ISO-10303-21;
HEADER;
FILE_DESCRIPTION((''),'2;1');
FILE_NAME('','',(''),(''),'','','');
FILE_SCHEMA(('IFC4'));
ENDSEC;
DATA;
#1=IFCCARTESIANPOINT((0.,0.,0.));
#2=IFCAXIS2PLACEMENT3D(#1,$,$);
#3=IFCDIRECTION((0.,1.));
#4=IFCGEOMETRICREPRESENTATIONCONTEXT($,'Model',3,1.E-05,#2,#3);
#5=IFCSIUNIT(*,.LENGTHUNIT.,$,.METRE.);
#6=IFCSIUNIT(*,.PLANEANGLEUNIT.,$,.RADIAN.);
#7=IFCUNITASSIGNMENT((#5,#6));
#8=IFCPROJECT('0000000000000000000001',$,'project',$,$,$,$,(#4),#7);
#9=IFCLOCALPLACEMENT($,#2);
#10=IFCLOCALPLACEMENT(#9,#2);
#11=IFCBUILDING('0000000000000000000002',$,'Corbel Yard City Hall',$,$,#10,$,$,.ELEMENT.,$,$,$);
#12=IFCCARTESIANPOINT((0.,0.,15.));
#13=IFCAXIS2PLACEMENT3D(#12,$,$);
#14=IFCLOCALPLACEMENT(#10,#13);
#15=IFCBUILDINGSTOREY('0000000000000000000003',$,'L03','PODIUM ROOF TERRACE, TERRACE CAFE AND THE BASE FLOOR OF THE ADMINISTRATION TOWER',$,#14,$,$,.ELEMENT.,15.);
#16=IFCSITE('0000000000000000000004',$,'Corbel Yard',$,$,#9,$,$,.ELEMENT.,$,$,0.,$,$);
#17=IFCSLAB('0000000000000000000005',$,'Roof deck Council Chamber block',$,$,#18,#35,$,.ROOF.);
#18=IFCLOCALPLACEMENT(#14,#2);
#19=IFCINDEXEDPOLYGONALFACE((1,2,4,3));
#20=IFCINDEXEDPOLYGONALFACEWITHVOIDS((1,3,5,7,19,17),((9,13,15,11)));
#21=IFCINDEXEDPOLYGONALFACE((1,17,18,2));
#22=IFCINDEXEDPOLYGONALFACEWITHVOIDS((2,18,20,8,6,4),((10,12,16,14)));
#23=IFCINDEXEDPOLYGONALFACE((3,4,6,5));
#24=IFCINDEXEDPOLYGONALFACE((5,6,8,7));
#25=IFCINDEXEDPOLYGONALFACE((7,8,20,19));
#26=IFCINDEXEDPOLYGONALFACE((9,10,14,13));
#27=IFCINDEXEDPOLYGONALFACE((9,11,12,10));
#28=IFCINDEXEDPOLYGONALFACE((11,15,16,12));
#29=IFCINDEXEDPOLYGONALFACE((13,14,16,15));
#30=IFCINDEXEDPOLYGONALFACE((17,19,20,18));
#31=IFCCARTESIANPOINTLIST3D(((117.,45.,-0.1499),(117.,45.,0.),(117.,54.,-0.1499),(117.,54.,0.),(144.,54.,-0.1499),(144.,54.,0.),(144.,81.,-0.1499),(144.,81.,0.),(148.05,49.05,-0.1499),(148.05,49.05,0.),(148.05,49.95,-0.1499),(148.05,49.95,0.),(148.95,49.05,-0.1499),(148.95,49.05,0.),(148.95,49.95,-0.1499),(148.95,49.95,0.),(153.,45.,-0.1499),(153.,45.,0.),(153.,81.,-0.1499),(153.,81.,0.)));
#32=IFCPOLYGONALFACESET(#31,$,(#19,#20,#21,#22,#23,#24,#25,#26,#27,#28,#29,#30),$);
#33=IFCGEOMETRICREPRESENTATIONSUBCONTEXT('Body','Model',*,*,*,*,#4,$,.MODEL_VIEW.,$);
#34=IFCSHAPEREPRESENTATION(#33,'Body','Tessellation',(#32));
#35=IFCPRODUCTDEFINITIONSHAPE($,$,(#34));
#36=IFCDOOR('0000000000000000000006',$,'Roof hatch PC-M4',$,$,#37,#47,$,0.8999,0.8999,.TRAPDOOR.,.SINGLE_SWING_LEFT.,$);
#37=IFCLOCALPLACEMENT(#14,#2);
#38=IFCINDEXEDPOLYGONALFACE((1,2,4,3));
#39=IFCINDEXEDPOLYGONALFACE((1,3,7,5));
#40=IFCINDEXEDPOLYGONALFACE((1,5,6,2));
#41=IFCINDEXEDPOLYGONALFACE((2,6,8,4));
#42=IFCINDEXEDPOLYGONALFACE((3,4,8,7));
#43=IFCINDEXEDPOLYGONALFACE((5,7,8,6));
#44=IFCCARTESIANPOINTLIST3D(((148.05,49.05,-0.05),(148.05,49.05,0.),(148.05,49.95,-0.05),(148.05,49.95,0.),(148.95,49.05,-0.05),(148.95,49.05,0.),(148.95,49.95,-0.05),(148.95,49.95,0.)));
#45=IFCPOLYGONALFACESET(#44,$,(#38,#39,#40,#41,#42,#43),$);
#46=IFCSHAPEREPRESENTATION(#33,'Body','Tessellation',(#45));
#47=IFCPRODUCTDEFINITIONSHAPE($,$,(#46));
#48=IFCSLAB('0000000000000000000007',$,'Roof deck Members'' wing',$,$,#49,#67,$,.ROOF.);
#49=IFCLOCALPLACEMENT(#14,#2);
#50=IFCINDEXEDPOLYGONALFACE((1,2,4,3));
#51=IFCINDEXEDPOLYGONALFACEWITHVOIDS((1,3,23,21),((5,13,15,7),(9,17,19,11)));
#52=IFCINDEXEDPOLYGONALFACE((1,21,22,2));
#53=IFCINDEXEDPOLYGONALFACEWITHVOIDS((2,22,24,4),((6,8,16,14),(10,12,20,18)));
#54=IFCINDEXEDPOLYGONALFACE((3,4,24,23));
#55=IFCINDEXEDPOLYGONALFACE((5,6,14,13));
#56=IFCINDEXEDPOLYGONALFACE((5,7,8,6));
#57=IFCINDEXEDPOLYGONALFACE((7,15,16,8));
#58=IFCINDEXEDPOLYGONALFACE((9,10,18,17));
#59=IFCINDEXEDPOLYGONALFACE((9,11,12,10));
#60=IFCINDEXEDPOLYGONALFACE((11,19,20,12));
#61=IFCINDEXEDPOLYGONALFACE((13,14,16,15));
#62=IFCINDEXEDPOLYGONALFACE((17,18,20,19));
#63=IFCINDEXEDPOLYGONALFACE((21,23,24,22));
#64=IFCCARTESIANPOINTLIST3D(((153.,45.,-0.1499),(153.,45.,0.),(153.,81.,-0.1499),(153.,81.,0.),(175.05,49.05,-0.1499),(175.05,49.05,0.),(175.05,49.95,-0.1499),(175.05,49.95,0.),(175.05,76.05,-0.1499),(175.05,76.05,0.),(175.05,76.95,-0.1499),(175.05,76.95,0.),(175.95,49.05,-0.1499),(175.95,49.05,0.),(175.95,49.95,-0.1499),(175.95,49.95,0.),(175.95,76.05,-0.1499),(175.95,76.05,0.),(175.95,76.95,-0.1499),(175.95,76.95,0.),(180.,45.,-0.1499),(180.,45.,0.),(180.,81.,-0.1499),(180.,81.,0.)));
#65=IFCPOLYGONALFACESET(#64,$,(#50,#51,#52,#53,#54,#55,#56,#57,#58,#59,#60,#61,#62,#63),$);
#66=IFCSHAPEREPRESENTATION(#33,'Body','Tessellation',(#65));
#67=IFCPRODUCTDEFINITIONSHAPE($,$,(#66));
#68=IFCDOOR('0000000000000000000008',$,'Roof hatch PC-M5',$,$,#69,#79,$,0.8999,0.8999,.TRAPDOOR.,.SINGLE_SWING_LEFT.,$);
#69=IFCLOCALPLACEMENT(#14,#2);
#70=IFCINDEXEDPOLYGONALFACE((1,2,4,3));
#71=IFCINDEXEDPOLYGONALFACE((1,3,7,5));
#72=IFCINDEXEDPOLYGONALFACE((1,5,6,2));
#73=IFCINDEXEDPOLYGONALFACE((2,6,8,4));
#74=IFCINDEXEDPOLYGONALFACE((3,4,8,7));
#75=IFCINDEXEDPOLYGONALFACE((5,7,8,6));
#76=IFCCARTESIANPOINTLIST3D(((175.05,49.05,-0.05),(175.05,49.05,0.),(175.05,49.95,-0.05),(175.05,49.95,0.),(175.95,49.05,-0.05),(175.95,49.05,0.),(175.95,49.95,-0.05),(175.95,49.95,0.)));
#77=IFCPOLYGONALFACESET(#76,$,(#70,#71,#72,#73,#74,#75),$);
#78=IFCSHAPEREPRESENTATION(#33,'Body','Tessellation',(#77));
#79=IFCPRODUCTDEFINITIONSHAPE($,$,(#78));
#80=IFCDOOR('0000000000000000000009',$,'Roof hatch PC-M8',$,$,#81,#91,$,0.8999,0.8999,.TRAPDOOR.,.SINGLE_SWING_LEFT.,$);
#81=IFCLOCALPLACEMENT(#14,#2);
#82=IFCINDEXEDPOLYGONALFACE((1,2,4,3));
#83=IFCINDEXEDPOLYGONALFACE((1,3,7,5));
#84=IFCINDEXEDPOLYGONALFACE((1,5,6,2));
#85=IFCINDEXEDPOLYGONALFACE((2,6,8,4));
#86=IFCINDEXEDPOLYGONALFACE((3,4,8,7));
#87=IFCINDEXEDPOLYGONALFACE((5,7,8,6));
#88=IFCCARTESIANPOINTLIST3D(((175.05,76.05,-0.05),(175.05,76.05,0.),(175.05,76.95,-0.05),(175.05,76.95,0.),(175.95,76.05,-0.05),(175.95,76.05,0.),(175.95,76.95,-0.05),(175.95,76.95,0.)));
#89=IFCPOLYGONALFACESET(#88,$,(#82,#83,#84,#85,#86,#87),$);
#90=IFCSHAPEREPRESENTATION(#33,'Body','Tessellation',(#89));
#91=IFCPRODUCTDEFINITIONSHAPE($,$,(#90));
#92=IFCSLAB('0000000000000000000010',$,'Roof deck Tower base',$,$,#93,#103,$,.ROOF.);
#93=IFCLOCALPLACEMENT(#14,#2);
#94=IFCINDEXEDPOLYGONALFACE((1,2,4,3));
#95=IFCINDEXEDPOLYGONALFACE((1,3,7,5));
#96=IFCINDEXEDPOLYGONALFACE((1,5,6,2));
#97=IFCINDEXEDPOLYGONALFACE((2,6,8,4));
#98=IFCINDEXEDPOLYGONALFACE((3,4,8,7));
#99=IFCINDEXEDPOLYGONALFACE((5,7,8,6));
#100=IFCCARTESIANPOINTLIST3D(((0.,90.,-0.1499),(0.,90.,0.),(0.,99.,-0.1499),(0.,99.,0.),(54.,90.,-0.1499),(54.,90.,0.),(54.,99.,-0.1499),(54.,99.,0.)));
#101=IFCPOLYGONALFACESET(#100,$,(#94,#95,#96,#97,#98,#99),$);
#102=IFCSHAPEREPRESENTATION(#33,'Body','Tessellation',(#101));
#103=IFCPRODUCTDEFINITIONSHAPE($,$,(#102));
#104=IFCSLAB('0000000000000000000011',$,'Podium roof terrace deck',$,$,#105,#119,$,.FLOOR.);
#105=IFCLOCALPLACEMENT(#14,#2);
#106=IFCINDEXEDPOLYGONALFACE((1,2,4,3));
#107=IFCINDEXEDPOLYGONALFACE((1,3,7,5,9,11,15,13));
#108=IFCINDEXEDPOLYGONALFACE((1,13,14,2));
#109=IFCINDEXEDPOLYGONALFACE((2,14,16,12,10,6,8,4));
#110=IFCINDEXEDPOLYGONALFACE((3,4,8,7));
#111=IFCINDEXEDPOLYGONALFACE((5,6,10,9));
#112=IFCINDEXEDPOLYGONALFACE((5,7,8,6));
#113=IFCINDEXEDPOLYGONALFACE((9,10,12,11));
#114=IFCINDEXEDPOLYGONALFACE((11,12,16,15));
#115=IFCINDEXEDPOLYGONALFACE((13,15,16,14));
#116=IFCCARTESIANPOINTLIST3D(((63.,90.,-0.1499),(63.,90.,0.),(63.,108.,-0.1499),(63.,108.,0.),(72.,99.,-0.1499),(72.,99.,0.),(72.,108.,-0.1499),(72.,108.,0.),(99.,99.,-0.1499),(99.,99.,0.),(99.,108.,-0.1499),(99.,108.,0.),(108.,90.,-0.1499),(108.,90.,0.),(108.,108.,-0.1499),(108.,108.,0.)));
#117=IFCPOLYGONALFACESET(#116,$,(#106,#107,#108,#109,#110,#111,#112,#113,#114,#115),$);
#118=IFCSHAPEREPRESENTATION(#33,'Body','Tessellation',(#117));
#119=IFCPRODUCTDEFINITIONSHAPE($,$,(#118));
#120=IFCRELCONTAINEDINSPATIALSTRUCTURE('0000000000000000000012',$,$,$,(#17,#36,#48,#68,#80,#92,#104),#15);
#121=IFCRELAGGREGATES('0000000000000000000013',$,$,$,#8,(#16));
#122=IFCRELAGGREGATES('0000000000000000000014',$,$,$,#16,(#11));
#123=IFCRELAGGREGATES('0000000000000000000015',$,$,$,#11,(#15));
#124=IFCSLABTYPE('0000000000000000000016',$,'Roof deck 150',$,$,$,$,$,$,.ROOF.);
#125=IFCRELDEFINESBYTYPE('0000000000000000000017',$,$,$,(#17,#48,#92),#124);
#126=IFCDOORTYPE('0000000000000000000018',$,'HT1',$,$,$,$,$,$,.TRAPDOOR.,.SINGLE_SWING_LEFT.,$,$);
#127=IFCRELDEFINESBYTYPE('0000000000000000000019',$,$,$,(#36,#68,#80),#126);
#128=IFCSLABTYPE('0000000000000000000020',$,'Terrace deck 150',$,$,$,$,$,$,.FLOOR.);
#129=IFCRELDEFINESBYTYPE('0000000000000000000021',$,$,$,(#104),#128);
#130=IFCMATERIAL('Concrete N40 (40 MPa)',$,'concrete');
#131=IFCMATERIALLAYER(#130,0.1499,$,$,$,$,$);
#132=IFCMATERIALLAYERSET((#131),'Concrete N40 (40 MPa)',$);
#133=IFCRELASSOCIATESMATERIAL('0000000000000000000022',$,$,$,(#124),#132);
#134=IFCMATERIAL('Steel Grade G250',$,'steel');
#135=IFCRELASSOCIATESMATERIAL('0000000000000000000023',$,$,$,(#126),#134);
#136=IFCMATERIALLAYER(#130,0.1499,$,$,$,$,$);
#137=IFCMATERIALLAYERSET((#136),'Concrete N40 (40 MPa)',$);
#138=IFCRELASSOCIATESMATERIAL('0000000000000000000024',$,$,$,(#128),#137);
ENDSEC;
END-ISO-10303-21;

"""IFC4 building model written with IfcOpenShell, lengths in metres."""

from ifc_helpers import new_model, si_unit, direction, frame, origin, origin_2d, place, context, subcontext, project, spatial, polyline, rectangle, outline, extrude, material, layer, layer_set, type_object, element, fill, save


model = new_model("IFC4")

# Units and contexts
model_context = context("Model", 3, precision=1e-05, world=origin(), true_north=direction((0.0, 1.0)))
body_context = subcontext(model_context, "Body", "Model", "MODEL_VIEW")
ifc_project = project(units=[si_unit("LENGTHUNIT", "METRE"), si_unit("PLANEANGLEUNIT", "RADIAN")], contexts=[model_context])

# Site, building, storey
site_placement = place(None, origin())
site = spatial("IfcSite", under=ifc_project, at=site_placement, Name="Corbel Yard", CompositionType="ELEMENT", RefElevation=0.0)
building_placement = place(site_placement, origin())
building = spatial("IfcBuilding", under=site, at=building_placement, Name="Corbel Yard City Hall", CompositionType="ELEMENT")
storey_placement = place(building_placement, frame((0.0, 0.0, 15.0)))
storey = spatial("IfcBuildingStorey", under=building, at=storey_placement, Name="L03", Description="PODIUM ROOF TERRACE, TERRACE CAFE AND THE BASE FLOOR OF THE ADMINISTRATION TOWER", CompositionType="ELEMENT", Elevation=15.0)

# Shared definitions
ifc_material_1 = material(Name="Concrete N40 (40 MPa)", Category="concrete")
ifc_layer_1 = layer(ifc_material_1, 0.1499)
ifc_layer_set_1 = layer_set([ifc_layer_1], Name="Concrete N40 (40 MPa)")
slab_type_1 = type_object("IfcSlabType", Name="Roof deck 150", PredefinedType="ROOF", material=ifc_layer_set_1)
ifc_material_2 = material(Name="Steel Grade G250", Category="steel")
door_type = type_object("IfcDoorType", Name="HT1", OperationType="SINGLE_SWING_LEFT", PredefinedType="TRAPDOOR", material=ifc_material_2)

# Slab, opening, door
slab_1_placement = place(storey_placement, frame((0.0, 0.0, -0.1499)))
slab_1 = element("IfcSlab", 1, at=slab_1_placement, inside=storey, type_object=slab_type_1, Name="Roof deck Council Chamber block", PredefinedType="ROOF", context=body_context, shape_type="SweptSolid", body=[
    extrude(outline(polyline([(117.0, 45.0), (153.0, 45.0), (153.0, 81.0), (144.0, 81.0), (144.0, 54.0), (117.0, 54.0), (117.0, 45.0)])), origin(), (0.0, 0.0, 1.0), 0.1499),
])
opening_1_placement = place(slab_1_placement, frame((148.5, 49.5, 0.0)))
opening_1 = element("IfcOpeningElement", 2, at=opening_1_placement, cuts=slab_1, PredefinedType="OPENING", context=body_context, shape_type="SweptSolid", body=[
    extrude(rectangle(XDim=0.8999, YDim=0.8999, at=origin_2d()), frame((0.0, 0.0, -0.01)), (0.0, 0.0, 1.0), 0.1699),
])
door_1_placement = place(opening_1_placement, frame((0.0, 0.0, 0.0999)))
door_1 = element("IfcDoor", 3, at=door_1_placement, inside=storey, type_object=door_type, Name="Roof hatch PC-M4", OperationType="SINGLE_SWING_LEFT", OverallHeight=0.8999, OverallWidth=0.8999, PredefinedType="TRAPDOOR", context=body_context, shape_type="SweptSolid", body=[
    extrude(rectangle(XDim=0.8999, YDim=0.8999, at=origin_2d()), origin(), (0.0, 0.0, 1.0), 0.05),
])
fill(opening_1, door_1)

# Slab, openings, doors
slab_2_placement = place(storey_placement, frame((0.0, 0.0, -0.1499)))
slab_2 = element("IfcSlab", 4, at=slab_2_placement, inside=storey, type_object=slab_type_1, Name="Roof deck Members' wing", PredefinedType="ROOF", context=body_context, shape_type="SweptSolid", body=[
    extrude(outline(polyline([(153.0, 45.0), (180.0, 45.0), (180.0, 81.0), (153.0, 81.0), (153.0, 45.0)])), origin(), (0.0, 0.0, 1.0), 0.1499),
])
opening_2_placement = place(slab_2_placement, frame((175.5, 49.5, 0.0)))
opening_2 = element("IfcOpeningElement", 5, at=opening_2_placement, cuts=slab_2, PredefinedType="OPENING", context=body_context, shape_type="SweptSolid", body=[
    extrude(rectangle(XDim=0.8999, YDim=0.8999, at=origin_2d()), frame((0.0, 0.0, -0.01)), (0.0, 0.0, 1.0), 0.1699),
])
opening_3_placement = place(slab_2_placement, frame((175.5, 76.5, 0.0)))
opening_3 = element("IfcOpeningElement", 6, at=opening_3_placement, cuts=slab_2, PredefinedType="OPENING", context=body_context, shape_type="SweptSolid", body=[
    extrude(rectangle(XDim=0.8999, YDim=0.8999, at=origin_2d()), frame((0.0, 0.0, -0.01)), (0.0, 0.0, 1.0), 0.1699),
])
door_2_placement = place(opening_2_placement, frame((0.0, 0.0, 0.0999)))
door_2 = element("IfcDoor", 7, at=door_2_placement, inside=storey, type_object=door_type, Name="Roof hatch PC-M5", OperationType="SINGLE_SWING_LEFT", OverallHeight=0.8999, OverallWidth=0.8999, PredefinedType="TRAPDOOR", context=body_context, shape_type="SweptSolid", body=[
    extrude(rectangle(XDim=0.8999, YDim=0.8999, at=origin_2d()), origin(), (0.0, 0.0, 1.0), 0.05),
])
fill(opening_2, door_2)
door_3_placement = place(opening_3_placement, frame((0.0, 0.0, 0.0999)))
door_3 = element("IfcDoor", 8, at=door_3_placement, inside=storey, type_object=door_type, Name="Roof hatch PC-M8", OperationType="SINGLE_SWING_LEFT", OverallHeight=0.8999, OverallWidth=0.8999, PredefinedType="TRAPDOOR", context=body_context, shape_type="SweptSolid", body=[
    extrude(rectangle(XDim=0.8999, YDim=0.8999, at=origin_2d()), origin(), (0.0, 0.0, 1.0), 0.05),
])
fill(opening_3, door_3)

# Slabs
slab_3_placement = place(storey_placement, frame((0.0, 0.0, -0.1499)))
element("IfcSlab", 9, at=slab_3_placement, inside=storey, type_object=slab_type_1, Name="Roof deck Tower base", PredefinedType="ROOF", context=body_context, shape_type="SweptSolid", body=[
    extrude(outline(polyline([(54.0, 99.0), (0.0, 99.0), (0.0, 90.0), (54.0, 90.0), (54.0, 99.0)])), origin(), (0.0, 0.0, 1.0), 0.1499),
])
ifc_layer_2 = layer(ifc_material_1, 0.1499)
ifc_layer_set_2 = layer_set([ifc_layer_2], Name="Concrete N40 (40 MPa)")
slab_type_2 = type_object("IfcSlabType", Name="Terrace deck 150", PredefinedType="FLOOR", material=ifc_layer_set_2)
slab_4_placement = place(storey_placement, frame((0.0, 0.0, -0.1499)))
element("IfcSlab", 10, at=slab_4_placement, inside=storey, type_object=slab_type_2, Name="Podium roof terrace deck", PredefinedType="FLOOR", context=body_context, shape_type="SweptSolid", body=[
    extrude(outline(polyline([(63.0, 108.0), (63.0, 90.0), (108.0, 90.0), (108.0, 108.0), (99.0, 108.0), (99.0, 99.0), (72.0, 99.0), (72.0, 108.0), (63.0, 108.0)])), origin(), (0.0, 0.0, 1.0), 0.1499),
])

save(model, "model.ifc")
